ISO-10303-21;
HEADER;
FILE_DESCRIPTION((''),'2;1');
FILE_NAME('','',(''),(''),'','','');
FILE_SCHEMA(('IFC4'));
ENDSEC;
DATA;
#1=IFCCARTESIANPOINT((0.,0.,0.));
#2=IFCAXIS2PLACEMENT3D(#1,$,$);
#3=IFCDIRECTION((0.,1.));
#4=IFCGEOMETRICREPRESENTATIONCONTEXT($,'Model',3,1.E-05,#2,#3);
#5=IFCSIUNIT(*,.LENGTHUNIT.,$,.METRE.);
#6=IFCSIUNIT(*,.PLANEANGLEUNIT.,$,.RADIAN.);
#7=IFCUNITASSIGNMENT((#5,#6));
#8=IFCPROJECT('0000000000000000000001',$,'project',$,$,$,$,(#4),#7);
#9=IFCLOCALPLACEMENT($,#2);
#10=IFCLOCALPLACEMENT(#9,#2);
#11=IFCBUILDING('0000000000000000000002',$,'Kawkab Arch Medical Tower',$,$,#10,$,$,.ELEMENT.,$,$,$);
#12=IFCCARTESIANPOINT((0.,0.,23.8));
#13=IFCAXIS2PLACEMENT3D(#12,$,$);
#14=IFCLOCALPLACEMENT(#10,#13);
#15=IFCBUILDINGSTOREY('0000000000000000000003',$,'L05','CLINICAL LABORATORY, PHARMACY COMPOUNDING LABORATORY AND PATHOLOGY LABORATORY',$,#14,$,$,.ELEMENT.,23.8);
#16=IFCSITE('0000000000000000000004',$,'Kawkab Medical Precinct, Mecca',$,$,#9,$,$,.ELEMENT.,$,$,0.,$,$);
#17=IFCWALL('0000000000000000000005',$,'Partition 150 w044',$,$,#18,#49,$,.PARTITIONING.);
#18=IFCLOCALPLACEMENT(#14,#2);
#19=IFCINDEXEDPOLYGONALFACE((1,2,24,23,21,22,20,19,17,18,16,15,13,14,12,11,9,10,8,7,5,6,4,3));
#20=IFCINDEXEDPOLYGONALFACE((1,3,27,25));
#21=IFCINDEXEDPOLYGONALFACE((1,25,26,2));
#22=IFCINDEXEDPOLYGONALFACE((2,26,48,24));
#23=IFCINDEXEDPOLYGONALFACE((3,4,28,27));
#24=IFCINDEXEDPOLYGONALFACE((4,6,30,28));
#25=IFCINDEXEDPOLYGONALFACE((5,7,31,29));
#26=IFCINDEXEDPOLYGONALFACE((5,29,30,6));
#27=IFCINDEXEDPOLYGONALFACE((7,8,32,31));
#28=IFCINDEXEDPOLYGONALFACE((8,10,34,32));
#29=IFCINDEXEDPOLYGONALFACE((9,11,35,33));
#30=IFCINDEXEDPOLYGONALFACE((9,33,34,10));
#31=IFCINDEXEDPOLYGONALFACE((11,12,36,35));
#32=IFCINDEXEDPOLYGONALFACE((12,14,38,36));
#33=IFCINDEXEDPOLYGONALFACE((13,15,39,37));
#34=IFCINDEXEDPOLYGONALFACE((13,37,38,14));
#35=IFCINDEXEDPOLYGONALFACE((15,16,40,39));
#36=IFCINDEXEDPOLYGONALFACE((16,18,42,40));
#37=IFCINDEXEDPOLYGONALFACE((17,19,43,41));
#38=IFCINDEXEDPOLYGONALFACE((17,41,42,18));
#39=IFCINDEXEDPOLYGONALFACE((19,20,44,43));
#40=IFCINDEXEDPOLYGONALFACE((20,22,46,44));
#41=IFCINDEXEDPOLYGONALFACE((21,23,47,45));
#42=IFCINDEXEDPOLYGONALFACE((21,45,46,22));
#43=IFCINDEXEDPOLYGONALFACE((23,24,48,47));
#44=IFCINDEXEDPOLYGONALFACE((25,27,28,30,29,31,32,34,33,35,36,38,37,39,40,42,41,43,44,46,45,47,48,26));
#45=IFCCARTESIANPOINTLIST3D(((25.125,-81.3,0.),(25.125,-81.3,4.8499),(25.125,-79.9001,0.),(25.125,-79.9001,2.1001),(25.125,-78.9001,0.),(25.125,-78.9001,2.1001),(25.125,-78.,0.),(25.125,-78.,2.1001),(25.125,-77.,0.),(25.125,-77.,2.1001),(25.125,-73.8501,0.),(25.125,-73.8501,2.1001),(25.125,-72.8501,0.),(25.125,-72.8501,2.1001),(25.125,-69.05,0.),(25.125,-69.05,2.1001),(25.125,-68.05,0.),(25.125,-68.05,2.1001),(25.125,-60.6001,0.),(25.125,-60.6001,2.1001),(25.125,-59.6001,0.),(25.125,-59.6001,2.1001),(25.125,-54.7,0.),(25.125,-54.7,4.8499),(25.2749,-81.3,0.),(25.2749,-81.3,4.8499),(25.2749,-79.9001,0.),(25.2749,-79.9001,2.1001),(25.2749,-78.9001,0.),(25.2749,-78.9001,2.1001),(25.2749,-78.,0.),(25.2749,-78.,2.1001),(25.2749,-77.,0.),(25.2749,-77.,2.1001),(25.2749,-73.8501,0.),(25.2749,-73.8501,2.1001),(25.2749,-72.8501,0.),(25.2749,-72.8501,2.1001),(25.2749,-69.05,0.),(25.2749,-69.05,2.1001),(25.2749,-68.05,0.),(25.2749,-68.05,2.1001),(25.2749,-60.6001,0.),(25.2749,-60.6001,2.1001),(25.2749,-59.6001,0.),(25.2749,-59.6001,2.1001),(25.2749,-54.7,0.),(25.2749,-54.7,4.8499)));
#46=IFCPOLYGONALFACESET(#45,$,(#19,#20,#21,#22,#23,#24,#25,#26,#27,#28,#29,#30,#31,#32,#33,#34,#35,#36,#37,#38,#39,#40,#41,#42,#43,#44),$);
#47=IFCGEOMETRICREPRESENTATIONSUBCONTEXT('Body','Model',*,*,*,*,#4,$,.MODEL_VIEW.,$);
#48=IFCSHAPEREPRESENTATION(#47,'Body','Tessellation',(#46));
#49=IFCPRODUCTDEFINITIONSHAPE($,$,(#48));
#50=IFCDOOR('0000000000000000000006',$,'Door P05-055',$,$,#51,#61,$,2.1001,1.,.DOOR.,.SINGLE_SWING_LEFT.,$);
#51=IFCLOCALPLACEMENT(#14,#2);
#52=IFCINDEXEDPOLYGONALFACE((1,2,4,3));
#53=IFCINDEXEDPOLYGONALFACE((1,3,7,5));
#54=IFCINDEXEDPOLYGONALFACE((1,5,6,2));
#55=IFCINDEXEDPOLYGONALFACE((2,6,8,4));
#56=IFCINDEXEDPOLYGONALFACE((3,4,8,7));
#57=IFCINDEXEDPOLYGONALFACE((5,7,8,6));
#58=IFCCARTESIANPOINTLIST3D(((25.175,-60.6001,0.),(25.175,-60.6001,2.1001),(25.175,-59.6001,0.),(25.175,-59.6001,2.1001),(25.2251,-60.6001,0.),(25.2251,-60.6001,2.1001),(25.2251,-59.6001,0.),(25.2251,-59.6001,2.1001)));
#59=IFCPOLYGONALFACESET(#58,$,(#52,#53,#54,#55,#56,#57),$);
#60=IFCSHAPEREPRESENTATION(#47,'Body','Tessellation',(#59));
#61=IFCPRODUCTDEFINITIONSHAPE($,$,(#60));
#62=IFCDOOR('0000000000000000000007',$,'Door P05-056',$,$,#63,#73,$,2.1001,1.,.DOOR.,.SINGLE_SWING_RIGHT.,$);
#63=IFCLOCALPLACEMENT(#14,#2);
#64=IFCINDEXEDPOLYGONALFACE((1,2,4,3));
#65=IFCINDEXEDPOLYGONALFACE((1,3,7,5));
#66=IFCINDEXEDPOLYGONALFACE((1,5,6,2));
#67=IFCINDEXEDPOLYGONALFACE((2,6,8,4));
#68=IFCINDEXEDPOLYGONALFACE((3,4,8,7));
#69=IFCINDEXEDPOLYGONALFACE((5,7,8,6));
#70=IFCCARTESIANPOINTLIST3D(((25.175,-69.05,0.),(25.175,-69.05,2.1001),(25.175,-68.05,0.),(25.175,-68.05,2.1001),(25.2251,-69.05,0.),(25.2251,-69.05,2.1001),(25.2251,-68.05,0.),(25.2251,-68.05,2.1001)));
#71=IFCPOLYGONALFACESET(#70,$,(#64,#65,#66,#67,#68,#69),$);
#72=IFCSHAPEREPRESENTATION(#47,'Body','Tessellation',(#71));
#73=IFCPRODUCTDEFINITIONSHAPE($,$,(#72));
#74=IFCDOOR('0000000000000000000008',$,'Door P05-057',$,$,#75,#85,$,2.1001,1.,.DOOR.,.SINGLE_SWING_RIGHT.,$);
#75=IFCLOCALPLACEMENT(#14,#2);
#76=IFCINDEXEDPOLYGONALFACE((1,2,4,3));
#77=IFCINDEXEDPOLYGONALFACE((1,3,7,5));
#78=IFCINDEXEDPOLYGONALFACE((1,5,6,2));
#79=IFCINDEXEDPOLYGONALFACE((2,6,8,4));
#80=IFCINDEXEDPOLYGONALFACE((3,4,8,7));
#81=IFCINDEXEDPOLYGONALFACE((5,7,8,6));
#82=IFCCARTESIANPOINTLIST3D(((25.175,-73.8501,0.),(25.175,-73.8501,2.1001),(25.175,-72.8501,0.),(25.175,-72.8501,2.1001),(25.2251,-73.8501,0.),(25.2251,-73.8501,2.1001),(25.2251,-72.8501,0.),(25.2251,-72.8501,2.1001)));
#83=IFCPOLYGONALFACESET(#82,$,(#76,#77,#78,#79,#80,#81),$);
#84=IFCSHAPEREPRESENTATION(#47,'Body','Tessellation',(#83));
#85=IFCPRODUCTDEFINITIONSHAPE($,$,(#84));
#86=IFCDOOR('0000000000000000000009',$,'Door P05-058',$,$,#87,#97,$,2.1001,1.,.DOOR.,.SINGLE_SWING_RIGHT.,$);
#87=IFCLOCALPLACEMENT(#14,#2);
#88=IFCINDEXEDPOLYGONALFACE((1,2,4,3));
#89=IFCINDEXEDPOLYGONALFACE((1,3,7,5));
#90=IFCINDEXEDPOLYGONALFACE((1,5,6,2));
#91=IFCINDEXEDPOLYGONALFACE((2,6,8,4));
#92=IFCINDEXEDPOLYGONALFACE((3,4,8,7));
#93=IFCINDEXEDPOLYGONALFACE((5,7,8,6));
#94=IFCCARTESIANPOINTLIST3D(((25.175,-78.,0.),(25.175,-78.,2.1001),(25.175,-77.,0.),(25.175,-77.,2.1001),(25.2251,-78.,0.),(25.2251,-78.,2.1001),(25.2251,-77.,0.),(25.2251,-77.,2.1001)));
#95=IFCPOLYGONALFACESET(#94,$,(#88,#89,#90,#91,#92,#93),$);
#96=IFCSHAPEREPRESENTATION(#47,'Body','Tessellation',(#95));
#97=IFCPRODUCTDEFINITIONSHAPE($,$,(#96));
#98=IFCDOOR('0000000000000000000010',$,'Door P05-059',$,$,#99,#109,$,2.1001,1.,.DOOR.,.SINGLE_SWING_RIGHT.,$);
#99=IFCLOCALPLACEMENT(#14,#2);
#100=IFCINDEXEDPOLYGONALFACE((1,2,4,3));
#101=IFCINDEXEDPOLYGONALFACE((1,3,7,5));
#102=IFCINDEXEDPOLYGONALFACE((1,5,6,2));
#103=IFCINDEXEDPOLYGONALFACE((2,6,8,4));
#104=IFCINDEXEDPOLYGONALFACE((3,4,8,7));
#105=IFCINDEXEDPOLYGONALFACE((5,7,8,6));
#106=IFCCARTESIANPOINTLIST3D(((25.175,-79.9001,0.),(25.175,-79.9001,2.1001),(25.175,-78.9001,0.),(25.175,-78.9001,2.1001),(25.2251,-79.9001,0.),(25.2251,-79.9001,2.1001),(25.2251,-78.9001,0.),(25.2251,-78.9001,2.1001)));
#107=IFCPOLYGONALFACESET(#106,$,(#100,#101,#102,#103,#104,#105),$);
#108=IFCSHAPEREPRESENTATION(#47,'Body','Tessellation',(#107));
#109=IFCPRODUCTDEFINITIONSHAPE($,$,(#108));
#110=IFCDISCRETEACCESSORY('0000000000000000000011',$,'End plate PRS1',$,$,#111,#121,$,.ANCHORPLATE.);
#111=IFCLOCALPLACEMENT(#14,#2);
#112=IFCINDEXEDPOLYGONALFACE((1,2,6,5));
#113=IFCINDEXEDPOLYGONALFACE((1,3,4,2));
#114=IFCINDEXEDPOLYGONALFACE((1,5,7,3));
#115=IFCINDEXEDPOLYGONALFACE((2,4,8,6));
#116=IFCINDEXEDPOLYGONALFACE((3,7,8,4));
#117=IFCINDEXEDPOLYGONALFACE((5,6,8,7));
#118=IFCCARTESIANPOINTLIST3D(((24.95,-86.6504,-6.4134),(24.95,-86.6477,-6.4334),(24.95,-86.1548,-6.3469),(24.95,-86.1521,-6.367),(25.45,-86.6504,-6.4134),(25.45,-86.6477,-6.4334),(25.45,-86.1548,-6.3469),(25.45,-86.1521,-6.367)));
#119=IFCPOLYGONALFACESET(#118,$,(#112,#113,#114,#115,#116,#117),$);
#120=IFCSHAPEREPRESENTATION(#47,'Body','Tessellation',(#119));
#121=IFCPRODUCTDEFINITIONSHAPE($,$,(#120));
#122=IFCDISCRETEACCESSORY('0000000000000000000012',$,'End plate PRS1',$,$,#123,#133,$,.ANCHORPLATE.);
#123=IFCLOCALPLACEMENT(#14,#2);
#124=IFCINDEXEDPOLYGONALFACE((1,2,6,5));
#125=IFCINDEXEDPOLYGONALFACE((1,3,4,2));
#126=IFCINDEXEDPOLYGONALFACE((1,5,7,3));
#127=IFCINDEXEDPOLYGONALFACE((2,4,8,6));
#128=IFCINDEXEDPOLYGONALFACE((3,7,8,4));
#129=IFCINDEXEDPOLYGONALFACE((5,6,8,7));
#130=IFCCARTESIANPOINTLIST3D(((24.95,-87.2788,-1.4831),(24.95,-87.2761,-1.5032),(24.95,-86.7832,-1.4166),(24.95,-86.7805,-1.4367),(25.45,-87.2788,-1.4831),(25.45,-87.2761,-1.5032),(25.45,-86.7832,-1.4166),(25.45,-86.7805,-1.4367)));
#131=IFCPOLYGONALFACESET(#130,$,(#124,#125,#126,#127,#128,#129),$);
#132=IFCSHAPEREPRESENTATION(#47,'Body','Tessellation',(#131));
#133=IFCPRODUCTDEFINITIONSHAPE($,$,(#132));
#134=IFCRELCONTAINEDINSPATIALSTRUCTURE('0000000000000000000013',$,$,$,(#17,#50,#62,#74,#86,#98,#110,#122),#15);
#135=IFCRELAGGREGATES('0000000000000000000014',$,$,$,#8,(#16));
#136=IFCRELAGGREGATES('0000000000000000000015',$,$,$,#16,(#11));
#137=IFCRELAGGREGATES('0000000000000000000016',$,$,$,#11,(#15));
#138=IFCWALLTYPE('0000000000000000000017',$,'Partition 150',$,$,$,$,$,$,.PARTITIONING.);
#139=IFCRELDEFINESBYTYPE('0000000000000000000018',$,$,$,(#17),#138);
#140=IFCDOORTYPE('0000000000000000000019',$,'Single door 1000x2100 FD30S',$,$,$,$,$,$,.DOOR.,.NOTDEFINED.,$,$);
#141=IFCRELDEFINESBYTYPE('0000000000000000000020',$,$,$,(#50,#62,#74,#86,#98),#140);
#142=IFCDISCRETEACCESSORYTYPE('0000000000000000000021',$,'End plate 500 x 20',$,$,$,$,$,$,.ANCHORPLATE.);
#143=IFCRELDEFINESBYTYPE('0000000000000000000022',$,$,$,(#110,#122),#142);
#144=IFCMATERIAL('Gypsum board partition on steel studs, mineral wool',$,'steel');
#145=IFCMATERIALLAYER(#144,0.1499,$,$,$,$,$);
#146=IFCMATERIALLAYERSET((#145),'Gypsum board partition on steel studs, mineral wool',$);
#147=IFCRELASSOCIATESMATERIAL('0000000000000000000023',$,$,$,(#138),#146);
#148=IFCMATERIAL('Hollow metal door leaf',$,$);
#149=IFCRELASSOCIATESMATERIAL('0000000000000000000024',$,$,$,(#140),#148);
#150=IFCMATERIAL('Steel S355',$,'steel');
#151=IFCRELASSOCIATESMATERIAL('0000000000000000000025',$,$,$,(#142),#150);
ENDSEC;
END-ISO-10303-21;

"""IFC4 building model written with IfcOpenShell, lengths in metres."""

from ifc_helpers import new_model, si_unit, direction, frame, frame_2d, origin, origin_2d, place, context, subcontext, project, spatial, rectangle, extrude, material, layer, layer_set, material_profile, profile_set, type_object, element, fill, save


model = new_model("IFC4")

# Units and contexts
model_context = context("Model", 3, precision=1e-05, world=origin(), true_north=direction((0.0, 1.0)))
body_context = subcontext(model_context, "Body", "Model", "MODEL_VIEW")
ifc_project = project(units=[si_unit("LENGTHUNIT", "METRE"), si_unit("PLANEANGLEUNIT", "RADIAN")], contexts=[model_context])

# Site, building, storey
site_placement = place(None, origin())
site = spatial("IfcSite", under=ifc_project, at=site_placement, Name="Kawkab Medical Precinct, Mecca", CompositionType="ELEMENT", RefElevation=0.0)
building_placement = place(site_placement, origin())
building = spatial("IfcBuilding", under=site, at=building_placement, Name="Kawkab Arch Medical Tower", CompositionType="ELEMENT")
storey_placement = place(building_placement, frame((0.0, 0.0, 23.8)))
storey = spatial("IfcBuildingStorey", under=building, at=storey_placement, Name="L05", Description="CLINICAL LABORATORY, PHARMACY COMPOUNDING LABORATORY AND PATHOLOGY LABORATORY", CompositionType="ELEMENT", Elevation=23.8)

# Shared definitions
ifc_material_1 = material(Name="Gypsum board partition on steel studs, mineral wool", Category="steel")
ifc_layer = layer(ifc_material_1, 0.1499)
ifc_layer_set = layer_set([ifc_layer], Name="Gypsum board partition on steel studs, mineral wool")
wall_type = type_object("IfcWallType", Name="Partition 150", PredefinedType="PARTITIONING", material=ifc_layer_set)

# Wall, openings, doors
wall_1_placement = place(storey_placement, frame((25.2, -81.3, 0.0), z_axis=(0.0, 0.0, 1.0), x_axis=(0.0, 1.0, 0.0)))
wall_1 = element("IfcWall", 1, at=wall_1_placement, inside=storey, type_object=wall_type, Name="Partition 150 w044", PredefinedType="PARTITIONING", context=body_context, shape_type="SweptSolid", body=[
    extrude(rectangle(XDim=26.6001, YDim=0.1499, at=frame_2d((13.3, 0.0))), origin(), (0.0, 0.0, 1.0), 4.8499),
])
opening_1_placement = place(wall_1_placement, frame((20.7, 0.0, 0.0)))
opening_1 = element("IfcOpeningElement", 2, at=opening_1_placement, cuts=wall_1, PredefinedType="OPENING", context=body_context, shape_type="SweptSolid", body=[
    extrude(rectangle(XDim=1.0, YDim=2.1001, at=frame_2d((0.5, 1.05))), frame((0.0, 0.085, 0.0), z_axis=(0.0, -1.0, 0.0), x_axis=(1.0, 0.0, 0.0)), (0.0, 0.0, 1.0), 0.1699),
])
opening_2_placement = place(wall_1_placement, frame((12.25, 0.0, 0.0)))
opening_2 = element("IfcOpeningElement", 3, at=opening_2_placement, cuts=wall_1, PredefinedType="OPENING", context=body_context, shape_type="SweptSolid", body=[
    extrude(rectangle(XDim=1.0, YDim=2.1001, at=frame_2d((0.5, 1.05))), frame((0.0, 0.085, 0.0), z_axis=(0.0, -1.0, 0.0), x_axis=(1.0, 0.0, 0.0)), (0.0, 0.0, 1.0), 0.1699),
])
opening_3_placement = place(wall_1_placement, frame((7.45, 0.0, 0.0)))
opening_3 = element("IfcOpeningElement", 4, at=opening_3_placement, cuts=wall_1, PredefinedType="OPENING", context=body_context, shape_type="SweptSolid", body=[
    extrude(rectangle(XDim=1.0, YDim=2.1001, at=frame_2d((0.5, 1.05))), frame((0.0, 0.085, 0.0), z_axis=(0.0, -1.0, 0.0), x_axis=(1.0, 0.0, 0.0)), (0.0, 0.0, 1.0), 0.1699),
])
opening_4_placement = place(wall_1_placement, frame((3.3, 0.0, 0.0)))
opening_4 = element("IfcOpeningElement", 5, at=opening_4_placement, cuts=wall_1, PredefinedType="OPENING", context=body_context, shape_type="SweptSolid", body=[
    extrude(rectangle(XDim=1.0, YDim=2.1001, at=frame_2d((0.5, 1.05))), frame((0.0, 0.085, 0.0), z_axis=(0.0, -1.0, 0.0), x_axis=(1.0, 0.0, 0.0)), (0.0, 0.0, 1.0), 0.1699),
])
opening_5_placement = place(wall_1_placement, frame((1.3999, 0.0, 0.0)))
opening_5 = element("IfcOpeningElement", 6, at=opening_5_placement, cuts=wall_1, PredefinedType="OPENING", context=body_context, shape_type="SweptSolid", body=[
    extrude(rectangle(XDim=1.0, YDim=2.1001, at=frame_2d((0.5, 1.05))), frame((0.0, 0.085, 0.0), z_axis=(0.0, -1.0, 0.0), x_axis=(1.0, 0.0, 0.0)), (0.0, 0.0, 1.0), 0.1699),
])
ifc_material_2 = material(Name="Hollow metal door leaf")
door_type = type_object("IfcDoorType", Name="Single door 1000x2100 FD30S", OperationType="NOTDEFINED", PredefinedType="DOOR", material=ifc_material_2)
door_1_placement = place(opening_1_placement, origin())
door_1 = element("IfcDoor", 7, at=door_1_placement, inside=storey, type_object=door_type, Name="Door P05-055", OperationType="SINGLE_SWING_LEFT", OverallHeight=2.1001, OverallWidth=1.0, PredefinedType="DOOR", context=body_context, shape_type="SweptSolid", body=[
    extrude(rectangle(XDim=1.0, YDim=2.1001, at=frame_2d((0.5, 1.05))), frame((0.0, 0.0249, 0.0), z_axis=(0.0, -1.0, 0.0), x_axis=(1.0, 0.0, 0.0)), (0.0, 0.0, 1.0), 0.05),
])
fill(opening_1, door_1)
door_2_placement = place(opening_2_placement, origin())
door_2 = element("IfcDoor", 8, at=door_2_placement, inside=storey, type_object=door_type, Name="Door P05-056", OperationType="SINGLE_SWING_RIGHT", OverallHeight=2.1001, OverallWidth=1.0, PredefinedType="DOOR", context=body_context, shape_type="SweptSolid", body=[
    extrude(rectangle(XDim=1.0, YDim=2.1001, at=frame_2d((0.5, 1.05))), frame((0.0, 0.0249, 0.0), z_axis=(0.0, -1.0, 0.0), x_axis=(1.0, 0.0, 0.0)), (0.0, 0.0, 1.0), 0.05),
])
fill(opening_2, door_2)
door_3_placement = place(opening_3_placement, origin())
door_3 = element("IfcDoor", 9, at=door_3_placement, inside=storey, type_object=door_type, Name="Door P05-057", OperationType="SINGLE_SWING_RIGHT", OverallHeight=2.1001, OverallWidth=1.0, PredefinedType="DOOR", context=body_context, shape_type="SweptSolid", body=[
    extrude(rectangle(XDim=1.0, YDim=2.1001, at=frame_2d((0.5, 1.05))), frame((0.0, 0.0249, 0.0), z_axis=(0.0, -1.0, 0.0), x_axis=(1.0, 0.0, 0.0)), (0.0, 0.0, 1.0), 0.05),
])
fill(opening_3, door_3)
door_4_placement = place(opening_4_placement, origin())
door_4 = element("IfcDoor", 10, at=door_4_placement, inside=storey, type_object=door_type, Name="Door P05-058", OperationType="SINGLE_SWING_RIGHT", OverallHeight=2.1001, OverallWidth=1.0, PredefinedType="DOOR", context=body_context, shape_type="SweptSolid", body=[
    extrude(rectangle(XDim=1.0, YDim=2.1001, at=frame_2d((0.5, 1.05))), frame((0.0, 0.0249, 0.0), z_axis=(0.0, -1.0, 0.0), x_axis=(1.0, 0.0, 0.0)), (0.0, 0.0, 1.0), 0.05),
])
fill(opening_4, door_4)
door_5_placement = place(opening_5_placement, origin())
door_5 = element("IfcDoor", 11, at=door_5_placement, inside=storey, type_object=door_type, Name="Door P05-059", OperationType="SINGLE_SWING_RIGHT", OverallHeight=2.1001, OverallWidth=1.0, PredefinedType="DOOR", context=body_context, shape_type="SweptSolid", body=[
    extrude(rectangle(XDim=1.0, YDim=2.1001, at=frame_2d((0.5, 1.05))), frame((0.0, 0.0249, 0.0), z_axis=(0.0, -1.0, 0.0), x_axis=(1.0, 0.0, 0.0)), (0.0, 0.0, 1.0), 0.05),
])
fill(opening_5, door_5)

# Discrete accessories
ifc_material_3 = material(Name="Steel S355", Category="steel")
ifc_material_profile_1 = material_profile(ifc_material_3, rectangle(XDim=0.5, YDim=0.5, at=origin_2d()), Name="End plate 500 x 20")
ifc_profile_set_1 = profile_set([ifc_material_profile_1], Name="Steel S355")
discrete_accessory_type = type_object("IfcDiscreteAccessoryType", Name="End plate 500 x 20", PredefinedType="ANCHORPLATE", material=ifc_profile_set_1)
for number, where, z_axis, x_axis, name in (
    (12, (25.2, -86.4026, -6.3801), (0.0, 0.132955, -0.991122), (-1.0, 0.0, 0.0), "End plate PRS1"),
    (13, (25.2, -87.0283, -1.47), (0.0, -0.132955, 0.991122), (1.0, 0.0, 0.0), "End plate PRS1"),
):
    element("IfcDiscreteAccessory", number, at=place(storey_placement, frame(where, z_axis=z_axis, x_axis=x_axis)), inside=storey, type_object=discrete_accessory_type, Name=name, PredefinedType="ANCHORPLATE", context=body_context, shape_type="SweptSolid", body=[
        extrude(rectangle(XDim=0.5, YDim=0.5, at=origin_2d()), origin(), (0.0, 0.0, 1.0), 0.0203),
    ])

save(model, "model.ifc")
